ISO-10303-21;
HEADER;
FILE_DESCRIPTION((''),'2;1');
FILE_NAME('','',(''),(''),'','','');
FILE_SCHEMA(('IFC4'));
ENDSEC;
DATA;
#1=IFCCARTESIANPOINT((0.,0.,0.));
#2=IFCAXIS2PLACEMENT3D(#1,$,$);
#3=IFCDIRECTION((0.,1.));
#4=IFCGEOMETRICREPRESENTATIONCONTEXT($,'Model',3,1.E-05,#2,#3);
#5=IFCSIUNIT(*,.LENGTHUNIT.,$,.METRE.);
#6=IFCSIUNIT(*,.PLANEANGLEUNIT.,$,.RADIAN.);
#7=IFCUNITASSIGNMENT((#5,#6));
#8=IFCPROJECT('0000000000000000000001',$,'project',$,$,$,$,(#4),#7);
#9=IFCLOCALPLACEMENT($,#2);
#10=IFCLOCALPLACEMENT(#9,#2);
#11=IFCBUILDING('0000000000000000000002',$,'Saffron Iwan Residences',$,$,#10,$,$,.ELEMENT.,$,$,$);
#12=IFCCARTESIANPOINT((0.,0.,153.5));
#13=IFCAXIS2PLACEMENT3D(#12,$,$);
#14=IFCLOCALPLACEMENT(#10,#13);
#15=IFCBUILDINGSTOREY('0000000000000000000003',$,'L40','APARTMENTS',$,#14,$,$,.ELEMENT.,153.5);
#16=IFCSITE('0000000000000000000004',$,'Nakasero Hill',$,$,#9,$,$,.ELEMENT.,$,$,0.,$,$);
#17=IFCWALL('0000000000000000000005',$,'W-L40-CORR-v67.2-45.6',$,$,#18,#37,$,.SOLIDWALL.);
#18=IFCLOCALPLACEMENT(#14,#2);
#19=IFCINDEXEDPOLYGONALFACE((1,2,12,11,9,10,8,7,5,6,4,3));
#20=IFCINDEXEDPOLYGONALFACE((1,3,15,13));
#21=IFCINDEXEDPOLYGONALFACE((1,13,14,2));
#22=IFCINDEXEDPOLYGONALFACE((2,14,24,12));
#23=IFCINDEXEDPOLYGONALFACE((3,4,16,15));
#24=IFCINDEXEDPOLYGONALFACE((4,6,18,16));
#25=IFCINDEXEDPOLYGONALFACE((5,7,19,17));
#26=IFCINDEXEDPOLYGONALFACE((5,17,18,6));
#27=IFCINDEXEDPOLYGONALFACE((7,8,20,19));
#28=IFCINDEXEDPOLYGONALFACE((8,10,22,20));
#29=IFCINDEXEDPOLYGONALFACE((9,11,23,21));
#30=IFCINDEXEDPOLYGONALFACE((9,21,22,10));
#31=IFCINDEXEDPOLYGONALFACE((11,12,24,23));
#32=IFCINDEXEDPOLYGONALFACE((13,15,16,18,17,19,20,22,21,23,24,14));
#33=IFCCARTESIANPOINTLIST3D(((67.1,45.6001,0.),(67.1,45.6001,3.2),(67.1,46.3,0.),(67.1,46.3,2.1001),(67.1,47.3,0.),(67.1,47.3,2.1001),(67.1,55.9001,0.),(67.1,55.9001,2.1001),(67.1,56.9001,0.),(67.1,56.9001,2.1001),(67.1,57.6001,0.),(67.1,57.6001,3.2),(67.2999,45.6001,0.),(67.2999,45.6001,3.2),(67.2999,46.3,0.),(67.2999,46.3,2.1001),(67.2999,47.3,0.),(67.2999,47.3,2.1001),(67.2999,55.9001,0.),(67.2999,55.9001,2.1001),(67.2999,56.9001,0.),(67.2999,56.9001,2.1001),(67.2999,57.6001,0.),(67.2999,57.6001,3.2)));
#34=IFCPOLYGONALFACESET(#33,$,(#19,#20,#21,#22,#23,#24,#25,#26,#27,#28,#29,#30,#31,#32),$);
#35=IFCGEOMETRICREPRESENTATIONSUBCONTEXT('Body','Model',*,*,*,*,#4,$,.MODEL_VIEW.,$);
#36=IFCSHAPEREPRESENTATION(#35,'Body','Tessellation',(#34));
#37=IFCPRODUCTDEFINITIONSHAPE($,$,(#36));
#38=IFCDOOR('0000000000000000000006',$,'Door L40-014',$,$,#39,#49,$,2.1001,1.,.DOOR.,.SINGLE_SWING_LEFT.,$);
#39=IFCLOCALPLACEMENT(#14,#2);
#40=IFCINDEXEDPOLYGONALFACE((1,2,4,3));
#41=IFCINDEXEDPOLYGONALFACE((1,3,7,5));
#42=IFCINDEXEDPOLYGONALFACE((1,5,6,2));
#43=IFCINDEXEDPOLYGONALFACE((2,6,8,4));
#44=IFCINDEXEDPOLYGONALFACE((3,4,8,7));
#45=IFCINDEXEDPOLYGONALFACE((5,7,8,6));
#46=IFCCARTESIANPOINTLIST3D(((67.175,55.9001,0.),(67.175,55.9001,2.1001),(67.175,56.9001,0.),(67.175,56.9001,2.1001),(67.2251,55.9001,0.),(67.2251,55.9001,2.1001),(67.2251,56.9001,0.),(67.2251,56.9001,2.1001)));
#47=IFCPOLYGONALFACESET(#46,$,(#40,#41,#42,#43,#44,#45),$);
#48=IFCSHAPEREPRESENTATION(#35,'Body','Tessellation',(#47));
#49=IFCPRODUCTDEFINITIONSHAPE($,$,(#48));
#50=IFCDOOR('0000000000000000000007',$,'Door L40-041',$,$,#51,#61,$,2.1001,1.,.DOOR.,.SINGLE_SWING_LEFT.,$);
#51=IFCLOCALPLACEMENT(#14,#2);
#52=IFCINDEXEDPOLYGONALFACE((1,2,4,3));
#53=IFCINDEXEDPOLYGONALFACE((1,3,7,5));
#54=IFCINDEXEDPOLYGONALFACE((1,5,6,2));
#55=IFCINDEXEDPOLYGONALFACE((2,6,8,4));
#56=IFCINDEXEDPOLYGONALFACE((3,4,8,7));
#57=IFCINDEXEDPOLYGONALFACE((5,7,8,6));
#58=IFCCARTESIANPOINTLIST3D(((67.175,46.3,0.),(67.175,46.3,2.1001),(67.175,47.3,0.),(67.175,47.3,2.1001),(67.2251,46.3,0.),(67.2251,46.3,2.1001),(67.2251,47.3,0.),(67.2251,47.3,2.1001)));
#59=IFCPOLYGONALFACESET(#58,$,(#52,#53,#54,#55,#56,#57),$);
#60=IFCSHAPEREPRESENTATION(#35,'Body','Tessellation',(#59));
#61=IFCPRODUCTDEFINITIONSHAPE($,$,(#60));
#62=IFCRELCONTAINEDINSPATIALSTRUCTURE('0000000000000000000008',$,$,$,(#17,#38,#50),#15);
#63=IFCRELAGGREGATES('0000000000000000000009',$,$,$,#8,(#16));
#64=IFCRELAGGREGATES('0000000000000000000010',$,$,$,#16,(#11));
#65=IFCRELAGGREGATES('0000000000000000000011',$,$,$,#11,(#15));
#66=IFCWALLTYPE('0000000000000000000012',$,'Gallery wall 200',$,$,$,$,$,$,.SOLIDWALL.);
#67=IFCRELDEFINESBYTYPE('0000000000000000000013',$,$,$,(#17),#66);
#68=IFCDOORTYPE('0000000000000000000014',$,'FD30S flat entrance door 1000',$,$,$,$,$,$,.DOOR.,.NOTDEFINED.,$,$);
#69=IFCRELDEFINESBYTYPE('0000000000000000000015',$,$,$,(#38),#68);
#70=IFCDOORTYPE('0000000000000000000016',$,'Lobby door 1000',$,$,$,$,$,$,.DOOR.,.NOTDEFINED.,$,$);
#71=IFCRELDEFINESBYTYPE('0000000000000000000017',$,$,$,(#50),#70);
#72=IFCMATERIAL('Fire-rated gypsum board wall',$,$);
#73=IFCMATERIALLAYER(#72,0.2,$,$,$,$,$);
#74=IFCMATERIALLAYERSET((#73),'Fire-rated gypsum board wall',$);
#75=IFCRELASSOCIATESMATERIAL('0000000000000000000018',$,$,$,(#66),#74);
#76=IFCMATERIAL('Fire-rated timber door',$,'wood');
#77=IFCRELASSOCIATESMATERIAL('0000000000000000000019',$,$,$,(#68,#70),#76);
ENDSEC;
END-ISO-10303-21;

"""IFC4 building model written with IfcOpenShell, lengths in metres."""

from ifc_helpers import new_model, si_unit, direction, frame, frame_2d, origin, place, context, subcontext, project, spatial, rectangle, extrude, material, layer, layer_set, type_object, element, fill, save


model = new_model("IFC4")

# Units and contexts
model_context = context("Model", 3, precision=1e-05, world=origin(), true_north=direction((0.0, 1.0)))
body_context = subcontext(model_context, "Body", "Model", "MODEL_VIEW")
ifc_project = project(units=[si_unit("LENGTHUNIT", "METRE"), si_unit("PLANEANGLEUNIT", "RADIAN")], contexts=[model_context])

# Site, building, storey
site_placement = place(None, origin())
site = spatial("IfcSite", under=ifc_project, at=site_placement, Name="Nakasero Hill", CompositionType="ELEMENT", RefElevation=0.0)
building_placement = place(site_placement, origin())
building = spatial("IfcBuilding", under=site, at=building_placement, Name="Saffron Iwan Residences", CompositionType="ELEMENT")
storey_placement = place(building_placement, frame((0.0, 0.0, 153.5)))
storey = spatial("IfcBuildingStorey", under=building, at=storey_placement, Name="L40", Description="APARTMENTS", CompositionType="ELEMENT", Elevation=153.5)

# Shared definitions
ifc_material_1 = material(Name="Fire-rated gypsum board wall")

# Wall, openings, doors
ifc_layer_1 = layer(ifc_material_1, 0.2)
ifc_layer_set_1 = layer_set([ifc_layer_1], Name="Fire-rated gypsum board wall")
wall_type_1 = type_object("IfcWallType", Name="Gallery wall 200", PredefinedType="SOLIDWALL", material=ifc_layer_set_1)
wall_1_placement = place(storey_placement, frame((67.2, 45.6001, 0.0), z_axis=(0.0, 0.0, 1.0), x_axis=(0.0, 1.0, 0.0)))
wall_1 = element("IfcWall", 1, at=wall_1_placement, inside=storey, type_object=wall_type_1, Name="W-L40-CORR-v67.2-45.6", PredefinedType="SOLIDWALL", context=body_context, shape_type="SweptSolid", body=[
    extrude(rectangle(XDim=12.0, YDim=0.2, at=frame_2d((6.0, 0.0))), origin(), (0.0, 0.0, 1.0), 3.2),
])
opening_1_placement = place(wall_1_placement, frame((10.3, 0.0, 0.0)))
opening_1 = element("IfcOpeningElement", 2, at=opening_1_placement, cuts=wall_1, PredefinedType="OPENING", context=body_context, shape_type="SweptSolid", body=[
    extrude(rectangle(XDim=1.0, YDim=2.1001, at=frame_2d((0.5, 1.05))), frame((0.0, 0.1099, 0.0), z_axis=(0.0, -1.0, 0.0), x_axis=(1.0, 0.0, 0.0)), (0.0, 0.0, 1.0), 0.22),
])
opening_2_placement = place(wall_1_placement, frame((0.7, 0.0, 0.0)))
opening_2 = element("IfcOpeningElement", 3, at=opening_2_placement, cuts=wall_1, PredefinedType="OPENING", context=body_context, shape_type="SweptSolid", body=[
    extrude(rectangle(XDim=1.0, YDim=2.1001, at=frame_2d((0.5, 1.05))), frame((0.0, 0.1099, 0.0), z_axis=(0.0, -1.0, 0.0), x_axis=(1.0, 0.0, 0.0)), (0.0, 0.0, 1.0), 0.22),
])
ifc_material_2 = material(Name="Fire-rated timber door", Category="wood")
door_type_1 = type_object("IfcDoorType", Name="FD30S flat entrance door 1000", OperationType="NOTDEFINED", PredefinedType="DOOR", material=ifc_material_2)
door_1_placement = place(opening_1_placement, origin())
door_1 = element("IfcDoor", 4, at=door_1_placement, inside=storey, type_object=door_type_1, Name="Door L40-014", OperationType="SINGLE_SWING_LEFT", OverallHeight=2.1001, OverallWidth=1.0, PredefinedType="DOOR", context=body_context, shape_type="SweptSolid", body=[
    extrude(rectangle(XDim=1.0, YDim=2.1001, at=frame_2d((0.5, 1.05))), frame((0.0, 0.0249, 0.0), z_axis=(0.0, -1.0, 0.0), x_axis=(1.0, 0.0, 0.0)), (0.0, 0.0, 1.0), 0.05),
])
fill(opening_1, door_1)
door_type_2 = type_object("IfcDoorType", Name="Lobby door 1000", OperationType="NOTDEFINED", PredefinedType="DOOR", material=ifc_material_2)
door_2_placement = place(opening_2_placement, origin())
door_2 = element("IfcDoor", 5, at=door_2_placement, inside=storey, type_object=door_type_2, Name="Door L40-041", OperationType="SINGLE_SWING_LEFT", OverallHeight=2.1001, OverallWidth=1.0, PredefinedType="DOOR", context=body_context, shape_type="SweptSolid", body=[
    extrude(rectangle(XDim=1.0, YDim=2.1001, at=frame_2d((0.5, 1.05))), frame((0.0, 0.0249, 0.0), z_axis=(0.0, -1.0, 0.0), x_axis=(1.0, 0.0, 0.0)), (0.0, 0.0, 1.0), 0.05),
])
fill(opening_2, door_2)

save(model, "model.ifc")
